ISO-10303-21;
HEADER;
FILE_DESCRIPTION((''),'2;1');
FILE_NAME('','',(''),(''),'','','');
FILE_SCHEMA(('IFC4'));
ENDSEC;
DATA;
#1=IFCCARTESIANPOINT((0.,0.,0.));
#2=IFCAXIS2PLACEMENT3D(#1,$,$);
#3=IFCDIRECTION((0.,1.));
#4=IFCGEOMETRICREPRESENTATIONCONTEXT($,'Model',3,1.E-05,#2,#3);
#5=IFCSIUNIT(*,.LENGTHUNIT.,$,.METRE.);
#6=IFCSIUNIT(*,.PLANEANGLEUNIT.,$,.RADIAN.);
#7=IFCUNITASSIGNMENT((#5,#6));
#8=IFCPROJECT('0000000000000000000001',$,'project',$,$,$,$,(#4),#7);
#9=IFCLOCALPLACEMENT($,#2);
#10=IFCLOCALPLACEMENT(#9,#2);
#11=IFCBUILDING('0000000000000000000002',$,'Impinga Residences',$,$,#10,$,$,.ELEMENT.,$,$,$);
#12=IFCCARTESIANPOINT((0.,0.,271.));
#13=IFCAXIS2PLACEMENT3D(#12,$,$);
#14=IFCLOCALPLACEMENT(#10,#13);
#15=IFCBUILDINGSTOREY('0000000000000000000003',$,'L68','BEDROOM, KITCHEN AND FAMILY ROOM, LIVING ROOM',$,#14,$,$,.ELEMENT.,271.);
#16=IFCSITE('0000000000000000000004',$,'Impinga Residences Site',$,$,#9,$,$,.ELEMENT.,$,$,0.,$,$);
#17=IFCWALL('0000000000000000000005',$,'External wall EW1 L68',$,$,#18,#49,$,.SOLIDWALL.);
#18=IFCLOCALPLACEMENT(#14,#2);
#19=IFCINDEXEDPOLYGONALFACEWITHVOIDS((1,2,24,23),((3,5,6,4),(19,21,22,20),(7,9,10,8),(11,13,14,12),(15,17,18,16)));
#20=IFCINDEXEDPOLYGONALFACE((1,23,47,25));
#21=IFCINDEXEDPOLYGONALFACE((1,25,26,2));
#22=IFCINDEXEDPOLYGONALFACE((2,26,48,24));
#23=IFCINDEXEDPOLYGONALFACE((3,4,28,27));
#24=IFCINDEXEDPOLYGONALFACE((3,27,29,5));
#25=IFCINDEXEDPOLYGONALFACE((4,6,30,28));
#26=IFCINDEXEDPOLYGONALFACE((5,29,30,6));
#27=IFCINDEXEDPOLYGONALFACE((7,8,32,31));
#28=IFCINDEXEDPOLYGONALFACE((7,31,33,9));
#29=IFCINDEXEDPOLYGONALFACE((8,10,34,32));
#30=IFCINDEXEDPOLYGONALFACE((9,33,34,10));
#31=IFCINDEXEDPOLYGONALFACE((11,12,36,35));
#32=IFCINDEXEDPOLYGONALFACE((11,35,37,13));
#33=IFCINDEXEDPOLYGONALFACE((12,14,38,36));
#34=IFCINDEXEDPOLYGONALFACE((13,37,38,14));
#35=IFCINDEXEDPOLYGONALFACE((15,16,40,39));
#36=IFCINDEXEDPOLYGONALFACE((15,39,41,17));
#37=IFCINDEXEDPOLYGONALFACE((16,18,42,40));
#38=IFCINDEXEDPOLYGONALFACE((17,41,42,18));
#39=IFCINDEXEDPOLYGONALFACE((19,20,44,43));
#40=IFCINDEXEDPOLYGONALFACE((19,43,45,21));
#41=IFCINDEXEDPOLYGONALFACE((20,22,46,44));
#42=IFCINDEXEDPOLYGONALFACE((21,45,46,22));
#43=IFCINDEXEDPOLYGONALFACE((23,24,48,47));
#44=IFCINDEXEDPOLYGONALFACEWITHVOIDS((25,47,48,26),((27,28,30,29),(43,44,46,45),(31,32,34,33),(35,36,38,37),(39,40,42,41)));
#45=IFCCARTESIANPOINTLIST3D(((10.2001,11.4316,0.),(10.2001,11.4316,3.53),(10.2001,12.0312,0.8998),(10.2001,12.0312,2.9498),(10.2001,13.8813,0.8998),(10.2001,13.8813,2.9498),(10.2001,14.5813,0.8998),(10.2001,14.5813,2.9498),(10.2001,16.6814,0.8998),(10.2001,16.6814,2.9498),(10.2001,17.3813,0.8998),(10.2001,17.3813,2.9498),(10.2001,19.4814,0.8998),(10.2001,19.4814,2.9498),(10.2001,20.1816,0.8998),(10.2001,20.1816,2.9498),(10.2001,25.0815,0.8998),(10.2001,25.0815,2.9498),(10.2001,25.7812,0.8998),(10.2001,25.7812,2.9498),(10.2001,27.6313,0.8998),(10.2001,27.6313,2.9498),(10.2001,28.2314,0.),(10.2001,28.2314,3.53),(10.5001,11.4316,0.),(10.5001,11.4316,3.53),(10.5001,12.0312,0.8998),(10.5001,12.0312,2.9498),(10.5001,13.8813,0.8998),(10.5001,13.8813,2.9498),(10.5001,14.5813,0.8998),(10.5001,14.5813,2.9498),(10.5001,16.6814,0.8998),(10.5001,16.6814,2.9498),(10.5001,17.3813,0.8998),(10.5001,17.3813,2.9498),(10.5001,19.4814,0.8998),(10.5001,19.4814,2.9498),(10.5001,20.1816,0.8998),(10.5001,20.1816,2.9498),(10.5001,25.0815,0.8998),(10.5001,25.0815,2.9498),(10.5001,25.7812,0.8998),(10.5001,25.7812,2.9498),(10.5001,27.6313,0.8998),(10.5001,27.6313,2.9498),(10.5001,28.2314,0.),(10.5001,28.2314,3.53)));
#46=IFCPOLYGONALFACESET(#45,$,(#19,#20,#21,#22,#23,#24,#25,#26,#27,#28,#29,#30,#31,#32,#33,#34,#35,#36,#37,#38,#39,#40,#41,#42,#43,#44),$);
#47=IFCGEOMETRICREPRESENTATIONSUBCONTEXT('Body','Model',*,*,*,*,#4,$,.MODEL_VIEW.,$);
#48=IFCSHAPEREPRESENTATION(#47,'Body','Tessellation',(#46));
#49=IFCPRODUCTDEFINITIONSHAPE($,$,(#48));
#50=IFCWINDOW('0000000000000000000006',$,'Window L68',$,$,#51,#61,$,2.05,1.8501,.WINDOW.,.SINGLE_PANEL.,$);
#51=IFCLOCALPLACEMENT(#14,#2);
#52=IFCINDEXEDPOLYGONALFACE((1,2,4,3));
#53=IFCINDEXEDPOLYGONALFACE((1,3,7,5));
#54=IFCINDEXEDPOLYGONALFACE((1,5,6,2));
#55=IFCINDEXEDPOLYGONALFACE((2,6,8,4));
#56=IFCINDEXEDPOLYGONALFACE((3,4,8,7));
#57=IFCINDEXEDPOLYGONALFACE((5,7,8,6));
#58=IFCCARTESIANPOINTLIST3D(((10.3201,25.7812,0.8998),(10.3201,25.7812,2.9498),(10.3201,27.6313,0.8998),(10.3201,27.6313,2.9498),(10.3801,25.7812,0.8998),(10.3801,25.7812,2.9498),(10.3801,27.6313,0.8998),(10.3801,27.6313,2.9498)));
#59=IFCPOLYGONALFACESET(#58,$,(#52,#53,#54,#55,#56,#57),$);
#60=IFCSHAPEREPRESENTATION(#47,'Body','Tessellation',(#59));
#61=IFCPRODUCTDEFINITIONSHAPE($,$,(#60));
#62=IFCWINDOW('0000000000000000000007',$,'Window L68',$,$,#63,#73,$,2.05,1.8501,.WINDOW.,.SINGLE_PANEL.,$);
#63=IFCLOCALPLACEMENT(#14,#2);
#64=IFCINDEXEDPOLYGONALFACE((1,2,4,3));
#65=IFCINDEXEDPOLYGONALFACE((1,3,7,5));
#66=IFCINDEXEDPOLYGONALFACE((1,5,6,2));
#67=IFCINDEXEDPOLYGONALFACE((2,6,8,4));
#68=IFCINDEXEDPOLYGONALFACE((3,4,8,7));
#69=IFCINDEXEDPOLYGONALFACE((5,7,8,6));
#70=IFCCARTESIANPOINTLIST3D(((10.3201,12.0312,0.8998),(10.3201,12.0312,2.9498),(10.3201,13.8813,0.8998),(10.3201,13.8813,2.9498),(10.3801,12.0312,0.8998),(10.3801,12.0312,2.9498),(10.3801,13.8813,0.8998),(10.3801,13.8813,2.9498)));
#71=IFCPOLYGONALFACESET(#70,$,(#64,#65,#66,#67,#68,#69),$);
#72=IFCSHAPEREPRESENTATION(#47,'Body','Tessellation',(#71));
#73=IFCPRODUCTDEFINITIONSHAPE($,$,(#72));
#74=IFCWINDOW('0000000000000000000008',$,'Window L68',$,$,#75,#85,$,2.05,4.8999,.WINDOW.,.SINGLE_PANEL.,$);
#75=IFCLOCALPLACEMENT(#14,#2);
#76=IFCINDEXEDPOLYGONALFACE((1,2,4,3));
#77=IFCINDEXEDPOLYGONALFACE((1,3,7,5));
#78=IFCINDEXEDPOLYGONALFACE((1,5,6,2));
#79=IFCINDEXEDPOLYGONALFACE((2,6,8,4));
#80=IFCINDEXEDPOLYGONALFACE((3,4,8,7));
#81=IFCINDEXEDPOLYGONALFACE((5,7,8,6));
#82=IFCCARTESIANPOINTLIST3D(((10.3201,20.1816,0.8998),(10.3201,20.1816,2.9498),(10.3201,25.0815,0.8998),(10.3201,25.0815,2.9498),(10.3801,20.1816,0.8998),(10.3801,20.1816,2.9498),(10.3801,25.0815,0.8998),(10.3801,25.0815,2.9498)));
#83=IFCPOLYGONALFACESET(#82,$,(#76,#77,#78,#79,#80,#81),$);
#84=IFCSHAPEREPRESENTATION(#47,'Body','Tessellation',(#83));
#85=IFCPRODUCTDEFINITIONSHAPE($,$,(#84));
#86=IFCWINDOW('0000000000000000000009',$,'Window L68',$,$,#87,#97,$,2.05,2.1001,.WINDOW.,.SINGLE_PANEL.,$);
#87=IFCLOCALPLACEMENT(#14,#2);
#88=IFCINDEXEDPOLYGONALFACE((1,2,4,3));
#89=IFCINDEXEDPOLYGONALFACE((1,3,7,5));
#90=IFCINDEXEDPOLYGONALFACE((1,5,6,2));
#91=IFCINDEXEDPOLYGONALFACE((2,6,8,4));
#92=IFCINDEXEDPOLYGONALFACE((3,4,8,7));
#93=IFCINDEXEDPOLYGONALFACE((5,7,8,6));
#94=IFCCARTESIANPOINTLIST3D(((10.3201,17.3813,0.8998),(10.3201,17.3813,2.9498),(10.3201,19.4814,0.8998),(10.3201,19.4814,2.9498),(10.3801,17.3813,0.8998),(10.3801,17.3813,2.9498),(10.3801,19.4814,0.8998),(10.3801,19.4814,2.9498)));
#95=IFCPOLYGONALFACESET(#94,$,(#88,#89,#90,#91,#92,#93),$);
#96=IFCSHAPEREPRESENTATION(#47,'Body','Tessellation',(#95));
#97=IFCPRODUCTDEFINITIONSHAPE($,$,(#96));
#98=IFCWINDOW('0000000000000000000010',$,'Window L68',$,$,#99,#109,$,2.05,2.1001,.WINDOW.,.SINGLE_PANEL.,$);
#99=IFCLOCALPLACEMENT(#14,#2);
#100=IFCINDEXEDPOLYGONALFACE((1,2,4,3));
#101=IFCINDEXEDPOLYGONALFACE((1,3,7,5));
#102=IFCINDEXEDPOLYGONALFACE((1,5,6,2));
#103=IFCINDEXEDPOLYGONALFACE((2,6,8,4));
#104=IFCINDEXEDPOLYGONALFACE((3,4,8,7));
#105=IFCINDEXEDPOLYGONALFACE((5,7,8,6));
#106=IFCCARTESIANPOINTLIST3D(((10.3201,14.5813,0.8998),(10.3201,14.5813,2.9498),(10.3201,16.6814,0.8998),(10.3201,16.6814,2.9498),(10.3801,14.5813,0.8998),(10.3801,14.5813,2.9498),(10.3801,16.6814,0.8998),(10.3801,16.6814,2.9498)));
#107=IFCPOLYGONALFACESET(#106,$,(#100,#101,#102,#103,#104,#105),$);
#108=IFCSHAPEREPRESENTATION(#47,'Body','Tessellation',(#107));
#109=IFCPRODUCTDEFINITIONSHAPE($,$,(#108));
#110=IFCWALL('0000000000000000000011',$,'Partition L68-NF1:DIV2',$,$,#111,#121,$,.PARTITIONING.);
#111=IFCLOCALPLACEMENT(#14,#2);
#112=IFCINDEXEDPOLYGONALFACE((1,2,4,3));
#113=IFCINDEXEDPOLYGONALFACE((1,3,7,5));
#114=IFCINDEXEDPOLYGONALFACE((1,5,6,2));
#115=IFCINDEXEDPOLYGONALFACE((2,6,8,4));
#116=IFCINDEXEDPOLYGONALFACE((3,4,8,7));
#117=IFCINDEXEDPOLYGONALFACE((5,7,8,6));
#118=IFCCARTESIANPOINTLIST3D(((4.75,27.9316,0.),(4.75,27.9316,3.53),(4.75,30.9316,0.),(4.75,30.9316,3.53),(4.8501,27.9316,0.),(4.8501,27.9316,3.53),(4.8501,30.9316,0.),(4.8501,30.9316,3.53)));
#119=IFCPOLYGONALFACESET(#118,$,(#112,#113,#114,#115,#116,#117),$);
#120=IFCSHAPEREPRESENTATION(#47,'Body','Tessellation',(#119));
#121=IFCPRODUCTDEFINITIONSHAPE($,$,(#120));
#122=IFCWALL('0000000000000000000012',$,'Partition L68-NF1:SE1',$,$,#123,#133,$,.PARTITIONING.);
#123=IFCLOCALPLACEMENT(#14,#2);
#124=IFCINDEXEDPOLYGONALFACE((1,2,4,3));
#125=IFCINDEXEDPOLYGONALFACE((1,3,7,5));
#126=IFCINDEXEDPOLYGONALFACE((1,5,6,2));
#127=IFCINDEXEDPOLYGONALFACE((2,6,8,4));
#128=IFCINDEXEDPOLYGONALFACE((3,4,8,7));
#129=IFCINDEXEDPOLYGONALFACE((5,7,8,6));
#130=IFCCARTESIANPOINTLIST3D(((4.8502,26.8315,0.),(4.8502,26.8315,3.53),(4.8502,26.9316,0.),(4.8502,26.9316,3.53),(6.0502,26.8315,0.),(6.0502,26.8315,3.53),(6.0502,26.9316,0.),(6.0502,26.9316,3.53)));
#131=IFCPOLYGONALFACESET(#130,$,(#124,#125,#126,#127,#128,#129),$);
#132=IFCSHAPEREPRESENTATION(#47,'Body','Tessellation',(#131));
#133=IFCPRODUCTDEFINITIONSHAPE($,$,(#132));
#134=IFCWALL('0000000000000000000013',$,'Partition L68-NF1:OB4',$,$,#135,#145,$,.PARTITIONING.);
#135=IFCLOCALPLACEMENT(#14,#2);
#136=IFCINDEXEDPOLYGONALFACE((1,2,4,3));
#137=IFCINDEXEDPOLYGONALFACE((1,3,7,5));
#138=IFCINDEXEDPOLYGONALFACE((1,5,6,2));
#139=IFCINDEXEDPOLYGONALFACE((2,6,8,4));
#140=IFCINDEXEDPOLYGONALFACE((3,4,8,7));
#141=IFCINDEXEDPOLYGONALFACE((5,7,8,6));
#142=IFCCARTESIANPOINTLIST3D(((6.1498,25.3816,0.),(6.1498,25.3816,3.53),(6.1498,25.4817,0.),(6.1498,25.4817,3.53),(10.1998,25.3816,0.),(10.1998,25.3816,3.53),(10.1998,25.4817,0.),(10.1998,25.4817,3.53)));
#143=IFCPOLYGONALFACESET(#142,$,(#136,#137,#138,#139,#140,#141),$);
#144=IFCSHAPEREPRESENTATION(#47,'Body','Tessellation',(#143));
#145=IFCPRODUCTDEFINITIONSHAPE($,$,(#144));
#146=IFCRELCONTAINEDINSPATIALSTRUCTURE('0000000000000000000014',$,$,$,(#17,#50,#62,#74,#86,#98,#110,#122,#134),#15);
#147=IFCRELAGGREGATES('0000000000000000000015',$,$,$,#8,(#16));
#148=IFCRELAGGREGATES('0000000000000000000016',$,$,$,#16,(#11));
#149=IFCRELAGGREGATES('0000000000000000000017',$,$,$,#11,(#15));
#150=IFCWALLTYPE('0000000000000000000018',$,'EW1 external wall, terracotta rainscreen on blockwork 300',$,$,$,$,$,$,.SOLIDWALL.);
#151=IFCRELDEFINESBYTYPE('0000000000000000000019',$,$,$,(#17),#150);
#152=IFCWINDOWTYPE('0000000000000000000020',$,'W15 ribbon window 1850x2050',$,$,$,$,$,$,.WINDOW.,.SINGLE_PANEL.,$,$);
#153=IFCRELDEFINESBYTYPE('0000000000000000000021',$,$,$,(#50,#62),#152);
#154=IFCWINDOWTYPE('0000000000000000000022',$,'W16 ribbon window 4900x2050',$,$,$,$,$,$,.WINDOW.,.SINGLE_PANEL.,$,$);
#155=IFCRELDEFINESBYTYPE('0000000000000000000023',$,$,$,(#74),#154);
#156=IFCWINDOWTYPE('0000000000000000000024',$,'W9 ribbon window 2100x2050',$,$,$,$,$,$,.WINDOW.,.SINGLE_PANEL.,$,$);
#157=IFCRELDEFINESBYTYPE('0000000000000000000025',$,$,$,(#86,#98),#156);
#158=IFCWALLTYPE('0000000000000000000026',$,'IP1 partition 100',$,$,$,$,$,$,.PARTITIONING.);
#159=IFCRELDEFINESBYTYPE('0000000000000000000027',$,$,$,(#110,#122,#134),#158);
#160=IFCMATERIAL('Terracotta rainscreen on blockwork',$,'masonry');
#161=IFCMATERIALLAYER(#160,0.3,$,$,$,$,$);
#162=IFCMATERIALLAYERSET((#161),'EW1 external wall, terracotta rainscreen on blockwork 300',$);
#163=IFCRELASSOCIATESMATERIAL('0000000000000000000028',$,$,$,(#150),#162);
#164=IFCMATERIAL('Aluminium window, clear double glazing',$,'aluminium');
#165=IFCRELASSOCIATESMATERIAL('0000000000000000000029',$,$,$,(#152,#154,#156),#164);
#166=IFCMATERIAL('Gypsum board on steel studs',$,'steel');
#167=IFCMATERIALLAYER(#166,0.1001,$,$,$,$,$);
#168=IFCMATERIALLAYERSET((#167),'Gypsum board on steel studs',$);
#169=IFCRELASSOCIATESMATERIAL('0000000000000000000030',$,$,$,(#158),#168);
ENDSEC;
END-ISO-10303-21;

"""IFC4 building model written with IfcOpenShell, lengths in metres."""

from ifc_helpers import new_model, si_unit, direction, frame, frame_2d, origin, place, context, subcontext, project, spatial, rectangle, extrude, material, layer, layer_set, type_object, element, fill, save


model = new_model("IFC4")

# Units and contexts
model_context = context("Model", 3, precision=1e-05, world=origin(), true_north=direction((0.0, 1.0)))
body_context = subcontext(model_context, "Body", "Model", "MODEL_VIEW")
ifc_project = project(units=[si_unit("LENGTHUNIT", "METRE"), si_unit("PLANEANGLEUNIT", "RADIAN")], contexts=[model_context])

# Site, building, storey
site_placement = place(None, origin())
site = spatial("IfcSite", under=ifc_project, at=site_placement, Name="Impinga Residences Site", CompositionType="ELEMENT", RefElevation=0.0)
building_placement = place(site_placement, origin())
building = spatial("IfcBuilding", under=site, at=building_placement, Name="Impinga Residences", CompositionType="ELEMENT")
storey_placement = place(building_placement, frame((0.0, 0.0, 271.0)))
storey = spatial("IfcBuildingStorey", under=building, at=storey_placement, Name="L68", Description="BEDROOM, KITCHEN AND FAMILY ROOM, LIVING ROOM", CompositionType="ELEMENT", Elevation=271.0)

# Shared definitions
ifc_material_1 = material(Name="Terracotta rainscreen on blockwork", Category="masonry")
ifc_layer_1 = layer(ifc_material_1, 0.3)
ifc_layer_set_1 = layer_set([ifc_layer_1], Name="EW1 external wall, terracotta rainscreen on blockwork 300")
wall_type_1 = type_object("IfcWallType", Name="EW1 external wall, terracotta rainscreen on blockwork 300", PredefinedType="SOLIDWALL", material=ifc_layer_set_1)

# Wall, openings, windows
wall_1_placement = place(storey_placement, frame((10.3501, 28.2314, 0.0), z_axis=(0.0, 0.0, 1.0), x_axis=(0.0, -1.0, 0.0)))
wall_1 = element("IfcWall", 1, at=wall_1_placement, inside=storey, type_object=wall_type_1, Name="External wall EW1 L68", PredefinedType="SOLIDWALL", context=body_context, shape_type="SweptSolid", body=[
    extrude(rectangle(XDim=16.7998, YDim=0.3, at=frame_2d((8.3999, 0.0))), origin(), (0.0, 0.0, 1.0), 3.53),
])
opening_1_placement = place(wall_1_placement, frame((0.6001, 0.0, 0.8999)))
opening_1 = element("IfcOpeningElement", 2, at=opening_1_placement, cuts=wall_1, PredefinedType="OPENING", context=body_context, shape_type="SweptSolid", body=[
    extrude(rectangle(XDim=1.8501, YDim=2.05, at=frame_2d((0.925, 1.0249))), frame((0.0, 0.1599, 0.0), z_axis=(0.0, -1.0, 0.0), x_axis=(1.0, 0.0, 0.0)), (0.0, 0.0, 1.0), 0.3201),
])
opening_2_placement = place(wall_1_placement, frame((3.1499, 0.0, 0.8999)))
opening_2 = element("IfcOpeningElement", 3, at=opening_2_placement, cuts=wall_1, PredefinedType="OPENING", context=body_context, shape_type="SweptSolid", body=[
    extrude(rectangle(XDim=4.8999, YDim=2.05, at=frame_2d((2.45, 1.0249))), frame((0.0, 0.1599, 0.0), z_axis=(0.0, -1.0, 0.0), x_axis=(1.0, 0.0, 0.0)), (0.0, 0.0, 1.0), 0.3201),
])
opening_3_placement = place(wall_1_placement, frame((8.75, 0.0, 0.8999)))
opening_3 = element("IfcOpeningElement", 4, at=opening_3_placement, cuts=wall_1, PredefinedType="OPENING", context=body_context, shape_type="SweptSolid", body=[
    extrude(rectangle(XDim=2.1001, YDim=2.05, at=frame_2d((1.05, 1.0249))), frame((0.0, 0.1599, 0.0), z_axis=(0.0, -1.0, 0.0), x_axis=(1.0, 0.0, 0.0)), (0.0, 0.0, 1.0), 0.3201),
])
opening_4_placement = place(wall_1_placement, frame((11.55, 0.0, 0.8999)))
opening_4 = element("IfcOpeningElement", 5, at=opening_4_placement, cuts=wall_1, PredefinedType="OPENING", context=body_context, shape_type="SweptSolid", body=[
    extrude(rectangle(XDim=2.1001, YDim=2.05, at=frame_2d((1.05, 1.0249))), frame((0.0, 0.1599, 0.0), z_axis=(0.0, -1.0, 0.0), x_axis=(1.0, 0.0, 0.0)), (0.0, 0.0, 1.0), 0.3201),
])
opening_5_placement = place(wall_1_placement, frame((14.3501, 0.0, 0.8999)))
opening_5 = element("IfcOpeningElement", 6, at=opening_5_placement, cuts=wall_1, PredefinedType="OPENING", context=body_context, shape_type="SweptSolid", body=[
    extrude(rectangle(XDim=1.8501, YDim=2.05, at=frame_2d((0.925, 1.0249))), frame((0.0, 0.1599, 0.0), z_axis=(0.0, -1.0, 0.0), x_axis=(1.0, 0.0, 0.0)), (0.0, 0.0, 1.0), 0.3201),
])
ifc_material_2 = material(Name="Aluminium window, clear double glazing", Category="aluminium")
window_type_1 = type_object("IfcWindowType", Name="W15 ribbon window 1850x2050", PartitioningType="SINGLE_PANEL", PredefinedType="WINDOW", material=ifc_material_2)
window_1_placement = place(opening_1_placement, origin())
window_1 = element("IfcWindow", 7, at=window_1_placement, inside=storey, type_object=window_type_1, Name="Window L68", OverallHeight=2.05, OverallWidth=1.8501, PartitioningType="SINGLE_PANEL", PredefinedType="WINDOW", context=body_context, shape_type="SweptSolid", body=[
    extrude(rectangle(XDim=1.8501, YDim=2.05, at=frame_2d((0.925, 1.0249))), frame((0.0, 0.03, 0.0), z_axis=(0.0, -1.0, 0.0), x_axis=(1.0, 0.0, 0.0)), (0.0, 0.0, 1.0), 0.0601),
])
fill(opening_1, window_1)
window_2_placement = place(opening_5_placement, origin())
window_2 = element("IfcWindow", 8, at=window_2_placement, inside=storey, type_object=window_type_1, Name="Window L68", OverallHeight=2.05, OverallWidth=1.8501, PartitioningType="SINGLE_PANEL", PredefinedType="WINDOW", context=body_context, shape_type="SweptSolid", body=[
    extrude(rectangle(XDim=1.8501, YDim=2.05, at=frame_2d((0.925, 1.0249))), frame((0.0, 0.03, 0.0), z_axis=(0.0, -1.0, 0.0), x_axis=(1.0, 0.0, 0.0)), (0.0, 0.0, 1.0), 0.0601),
])
fill(opening_5, window_2)
window_type_2 = type_object("IfcWindowType", Name="W16 ribbon window 4900x2050", PartitioningType="SINGLE_PANEL", PredefinedType="WINDOW", material=ifc_material_2)
window_3_placement = place(opening_2_placement, origin())
window_3 = element("IfcWindow", 9, at=window_3_placement, inside=storey, type_object=window_type_2, Name="Window L68", OverallHeight=2.05, OverallWidth=4.8999, PartitioningType="SINGLE_PANEL", PredefinedType="WINDOW", context=body_context, shape_type="SweptSolid", body=[
    extrude(rectangle(XDim=4.8999, YDim=2.05, at=frame_2d((2.45, 1.0249))), frame((0.0, 0.03, 0.0), z_axis=(0.0, -1.0, 0.0), x_axis=(1.0, 0.0, 0.0)), (0.0, 0.0, 1.0), 0.0601),
])
fill(opening_2, window_3)
window_type_3 = type_object("IfcWindowType", Name="W9 ribbon window 2100x2050", PartitioningType="SINGLE_PANEL", PredefinedType="WINDOW", material=ifc_material_2)
window_4_placement = place(opening_3_placement, origin())
window_4 = element("IfcWindow", 10, at=window_4_placement, inside=storey, type_object=window_type_3, Name="Window L68", OverallHeight=2.05, OverallWidth=2.1001, PartitioningType="SINGLE_PANEL", PredefinedType="WINDOW", context=body_context, shape_type="SweptSolid", body=[
    extrude(rectangle(XDim=2.1001, YDim=2.05, at=frame_2d((1.05, 1.0249))), frame((0.0, 0.03, 0.0), z_axis=(0.0, -1.0, 0.0), x_axis=(1.0, 0.0, 0.0)), (0.0, 0.0, 1.0), 0.0601),
])
fill(opening_3, window_4)
window_5_placement = place(opening_4_placement, origin())
window_5 = element("IfcWindow", 11, at=window_5_placement, inside=storey, type_object=window_type_3, Name="Window L68", OverallHeight=2.05, OverallWidth=2.1001, PartitioningType="SINGLE_PANEL", PredefinedType="WINDOW", context=body_context, shape_type="SweptSolid", body=[
    extrude(rectangle(XDim=2.1001, YDim=2.05, at=frame_2d((1.05, 1.0249))), frame((0.0, 0.03, 0.0), z_axis=(0.0, -1.0, 0.0), x_axis=(1.0, 0.0, 0.0)), (0.0, 0.0, 1.0), 0.0601),
])
fill(opening_4, window_5)

# Walls
ifc_material_3 = material(Name="Gypsum board on steel studs", Category="steel")
ifc_layer_2 = layer(ifc_material_3, 0.1001)
ifc_layer_set_2 = layer_set([ifc_layer_2], Name="Gypsum board on steel studs")
wall_type_2 = type_object("IfcWallType", Name="IP1 partition 100", PredefinedType="PARTITIONING", material=ifc_layer_set_2)
wall_2_placement = place(storey_placement, frame((4.8, 27.9316, 0.0), z_axis=(0.0, 0.0, 1.0), x_axis=(0.0, 1.0, 0.0)))
element("IfcWall", 12, at=wall_2_placement, inside=storey, type_object=wall_type_2, Name="Partition L68-NF1:DIV2", PredefinedType="PARTITIONING", context=body_context, shape_type="SweptSolid", body=[
    extrude(rectangle(XDim=3.0, YDim=0.1001, at=frame_2d((1.5, 0.0))), origin(), (0.0, 0.0, 1.0), 3.53),
])
wall_3_placement = place(storey_placement, frame((4.8501, 26.8816, 0.0), z_axis=(0.0, 0.0, 1.0), x_axis=(1.0, 0.0, 0.0)))
element("IfcWall", 13, at=wall_3_placement, inside=storey, type_object=wall_type_2, Name="Partition L68-NF1:SE1", PredefinedType="PARTITIONING", context=body_context, shape_type="SweptSolid", body=[
    extrude(rectangle(XDim=1.2, YDim=0.1001, at=frame_2d((0.6001, 0.0))), origin(), (0.0, 0.0, 1.0), 3.53),
])
wall_4_placement = place(storey_placement, frame((6.1499, 25.4316, 0.0), z_axis=(0.0, 0.0, 1.0), x_axis=(1.0, 0.0, 0.0)))
element("IfcWall", 14, at=wall_4_placement, inside=storey, type_object=wall_type_2, Name="Partition L68-NF1:OB4", PredefinedType="PARTITIONING", context=body_context, shape_type="SweptSolid", body=[
    extrude(rectangle(XDim=4.05, YDim=0.1001, at=frame_2d((2.0249, 0.0))), origin(), (0.0, 0.0, 1.0), 3.53),
])

save(model, "model.ifc")
